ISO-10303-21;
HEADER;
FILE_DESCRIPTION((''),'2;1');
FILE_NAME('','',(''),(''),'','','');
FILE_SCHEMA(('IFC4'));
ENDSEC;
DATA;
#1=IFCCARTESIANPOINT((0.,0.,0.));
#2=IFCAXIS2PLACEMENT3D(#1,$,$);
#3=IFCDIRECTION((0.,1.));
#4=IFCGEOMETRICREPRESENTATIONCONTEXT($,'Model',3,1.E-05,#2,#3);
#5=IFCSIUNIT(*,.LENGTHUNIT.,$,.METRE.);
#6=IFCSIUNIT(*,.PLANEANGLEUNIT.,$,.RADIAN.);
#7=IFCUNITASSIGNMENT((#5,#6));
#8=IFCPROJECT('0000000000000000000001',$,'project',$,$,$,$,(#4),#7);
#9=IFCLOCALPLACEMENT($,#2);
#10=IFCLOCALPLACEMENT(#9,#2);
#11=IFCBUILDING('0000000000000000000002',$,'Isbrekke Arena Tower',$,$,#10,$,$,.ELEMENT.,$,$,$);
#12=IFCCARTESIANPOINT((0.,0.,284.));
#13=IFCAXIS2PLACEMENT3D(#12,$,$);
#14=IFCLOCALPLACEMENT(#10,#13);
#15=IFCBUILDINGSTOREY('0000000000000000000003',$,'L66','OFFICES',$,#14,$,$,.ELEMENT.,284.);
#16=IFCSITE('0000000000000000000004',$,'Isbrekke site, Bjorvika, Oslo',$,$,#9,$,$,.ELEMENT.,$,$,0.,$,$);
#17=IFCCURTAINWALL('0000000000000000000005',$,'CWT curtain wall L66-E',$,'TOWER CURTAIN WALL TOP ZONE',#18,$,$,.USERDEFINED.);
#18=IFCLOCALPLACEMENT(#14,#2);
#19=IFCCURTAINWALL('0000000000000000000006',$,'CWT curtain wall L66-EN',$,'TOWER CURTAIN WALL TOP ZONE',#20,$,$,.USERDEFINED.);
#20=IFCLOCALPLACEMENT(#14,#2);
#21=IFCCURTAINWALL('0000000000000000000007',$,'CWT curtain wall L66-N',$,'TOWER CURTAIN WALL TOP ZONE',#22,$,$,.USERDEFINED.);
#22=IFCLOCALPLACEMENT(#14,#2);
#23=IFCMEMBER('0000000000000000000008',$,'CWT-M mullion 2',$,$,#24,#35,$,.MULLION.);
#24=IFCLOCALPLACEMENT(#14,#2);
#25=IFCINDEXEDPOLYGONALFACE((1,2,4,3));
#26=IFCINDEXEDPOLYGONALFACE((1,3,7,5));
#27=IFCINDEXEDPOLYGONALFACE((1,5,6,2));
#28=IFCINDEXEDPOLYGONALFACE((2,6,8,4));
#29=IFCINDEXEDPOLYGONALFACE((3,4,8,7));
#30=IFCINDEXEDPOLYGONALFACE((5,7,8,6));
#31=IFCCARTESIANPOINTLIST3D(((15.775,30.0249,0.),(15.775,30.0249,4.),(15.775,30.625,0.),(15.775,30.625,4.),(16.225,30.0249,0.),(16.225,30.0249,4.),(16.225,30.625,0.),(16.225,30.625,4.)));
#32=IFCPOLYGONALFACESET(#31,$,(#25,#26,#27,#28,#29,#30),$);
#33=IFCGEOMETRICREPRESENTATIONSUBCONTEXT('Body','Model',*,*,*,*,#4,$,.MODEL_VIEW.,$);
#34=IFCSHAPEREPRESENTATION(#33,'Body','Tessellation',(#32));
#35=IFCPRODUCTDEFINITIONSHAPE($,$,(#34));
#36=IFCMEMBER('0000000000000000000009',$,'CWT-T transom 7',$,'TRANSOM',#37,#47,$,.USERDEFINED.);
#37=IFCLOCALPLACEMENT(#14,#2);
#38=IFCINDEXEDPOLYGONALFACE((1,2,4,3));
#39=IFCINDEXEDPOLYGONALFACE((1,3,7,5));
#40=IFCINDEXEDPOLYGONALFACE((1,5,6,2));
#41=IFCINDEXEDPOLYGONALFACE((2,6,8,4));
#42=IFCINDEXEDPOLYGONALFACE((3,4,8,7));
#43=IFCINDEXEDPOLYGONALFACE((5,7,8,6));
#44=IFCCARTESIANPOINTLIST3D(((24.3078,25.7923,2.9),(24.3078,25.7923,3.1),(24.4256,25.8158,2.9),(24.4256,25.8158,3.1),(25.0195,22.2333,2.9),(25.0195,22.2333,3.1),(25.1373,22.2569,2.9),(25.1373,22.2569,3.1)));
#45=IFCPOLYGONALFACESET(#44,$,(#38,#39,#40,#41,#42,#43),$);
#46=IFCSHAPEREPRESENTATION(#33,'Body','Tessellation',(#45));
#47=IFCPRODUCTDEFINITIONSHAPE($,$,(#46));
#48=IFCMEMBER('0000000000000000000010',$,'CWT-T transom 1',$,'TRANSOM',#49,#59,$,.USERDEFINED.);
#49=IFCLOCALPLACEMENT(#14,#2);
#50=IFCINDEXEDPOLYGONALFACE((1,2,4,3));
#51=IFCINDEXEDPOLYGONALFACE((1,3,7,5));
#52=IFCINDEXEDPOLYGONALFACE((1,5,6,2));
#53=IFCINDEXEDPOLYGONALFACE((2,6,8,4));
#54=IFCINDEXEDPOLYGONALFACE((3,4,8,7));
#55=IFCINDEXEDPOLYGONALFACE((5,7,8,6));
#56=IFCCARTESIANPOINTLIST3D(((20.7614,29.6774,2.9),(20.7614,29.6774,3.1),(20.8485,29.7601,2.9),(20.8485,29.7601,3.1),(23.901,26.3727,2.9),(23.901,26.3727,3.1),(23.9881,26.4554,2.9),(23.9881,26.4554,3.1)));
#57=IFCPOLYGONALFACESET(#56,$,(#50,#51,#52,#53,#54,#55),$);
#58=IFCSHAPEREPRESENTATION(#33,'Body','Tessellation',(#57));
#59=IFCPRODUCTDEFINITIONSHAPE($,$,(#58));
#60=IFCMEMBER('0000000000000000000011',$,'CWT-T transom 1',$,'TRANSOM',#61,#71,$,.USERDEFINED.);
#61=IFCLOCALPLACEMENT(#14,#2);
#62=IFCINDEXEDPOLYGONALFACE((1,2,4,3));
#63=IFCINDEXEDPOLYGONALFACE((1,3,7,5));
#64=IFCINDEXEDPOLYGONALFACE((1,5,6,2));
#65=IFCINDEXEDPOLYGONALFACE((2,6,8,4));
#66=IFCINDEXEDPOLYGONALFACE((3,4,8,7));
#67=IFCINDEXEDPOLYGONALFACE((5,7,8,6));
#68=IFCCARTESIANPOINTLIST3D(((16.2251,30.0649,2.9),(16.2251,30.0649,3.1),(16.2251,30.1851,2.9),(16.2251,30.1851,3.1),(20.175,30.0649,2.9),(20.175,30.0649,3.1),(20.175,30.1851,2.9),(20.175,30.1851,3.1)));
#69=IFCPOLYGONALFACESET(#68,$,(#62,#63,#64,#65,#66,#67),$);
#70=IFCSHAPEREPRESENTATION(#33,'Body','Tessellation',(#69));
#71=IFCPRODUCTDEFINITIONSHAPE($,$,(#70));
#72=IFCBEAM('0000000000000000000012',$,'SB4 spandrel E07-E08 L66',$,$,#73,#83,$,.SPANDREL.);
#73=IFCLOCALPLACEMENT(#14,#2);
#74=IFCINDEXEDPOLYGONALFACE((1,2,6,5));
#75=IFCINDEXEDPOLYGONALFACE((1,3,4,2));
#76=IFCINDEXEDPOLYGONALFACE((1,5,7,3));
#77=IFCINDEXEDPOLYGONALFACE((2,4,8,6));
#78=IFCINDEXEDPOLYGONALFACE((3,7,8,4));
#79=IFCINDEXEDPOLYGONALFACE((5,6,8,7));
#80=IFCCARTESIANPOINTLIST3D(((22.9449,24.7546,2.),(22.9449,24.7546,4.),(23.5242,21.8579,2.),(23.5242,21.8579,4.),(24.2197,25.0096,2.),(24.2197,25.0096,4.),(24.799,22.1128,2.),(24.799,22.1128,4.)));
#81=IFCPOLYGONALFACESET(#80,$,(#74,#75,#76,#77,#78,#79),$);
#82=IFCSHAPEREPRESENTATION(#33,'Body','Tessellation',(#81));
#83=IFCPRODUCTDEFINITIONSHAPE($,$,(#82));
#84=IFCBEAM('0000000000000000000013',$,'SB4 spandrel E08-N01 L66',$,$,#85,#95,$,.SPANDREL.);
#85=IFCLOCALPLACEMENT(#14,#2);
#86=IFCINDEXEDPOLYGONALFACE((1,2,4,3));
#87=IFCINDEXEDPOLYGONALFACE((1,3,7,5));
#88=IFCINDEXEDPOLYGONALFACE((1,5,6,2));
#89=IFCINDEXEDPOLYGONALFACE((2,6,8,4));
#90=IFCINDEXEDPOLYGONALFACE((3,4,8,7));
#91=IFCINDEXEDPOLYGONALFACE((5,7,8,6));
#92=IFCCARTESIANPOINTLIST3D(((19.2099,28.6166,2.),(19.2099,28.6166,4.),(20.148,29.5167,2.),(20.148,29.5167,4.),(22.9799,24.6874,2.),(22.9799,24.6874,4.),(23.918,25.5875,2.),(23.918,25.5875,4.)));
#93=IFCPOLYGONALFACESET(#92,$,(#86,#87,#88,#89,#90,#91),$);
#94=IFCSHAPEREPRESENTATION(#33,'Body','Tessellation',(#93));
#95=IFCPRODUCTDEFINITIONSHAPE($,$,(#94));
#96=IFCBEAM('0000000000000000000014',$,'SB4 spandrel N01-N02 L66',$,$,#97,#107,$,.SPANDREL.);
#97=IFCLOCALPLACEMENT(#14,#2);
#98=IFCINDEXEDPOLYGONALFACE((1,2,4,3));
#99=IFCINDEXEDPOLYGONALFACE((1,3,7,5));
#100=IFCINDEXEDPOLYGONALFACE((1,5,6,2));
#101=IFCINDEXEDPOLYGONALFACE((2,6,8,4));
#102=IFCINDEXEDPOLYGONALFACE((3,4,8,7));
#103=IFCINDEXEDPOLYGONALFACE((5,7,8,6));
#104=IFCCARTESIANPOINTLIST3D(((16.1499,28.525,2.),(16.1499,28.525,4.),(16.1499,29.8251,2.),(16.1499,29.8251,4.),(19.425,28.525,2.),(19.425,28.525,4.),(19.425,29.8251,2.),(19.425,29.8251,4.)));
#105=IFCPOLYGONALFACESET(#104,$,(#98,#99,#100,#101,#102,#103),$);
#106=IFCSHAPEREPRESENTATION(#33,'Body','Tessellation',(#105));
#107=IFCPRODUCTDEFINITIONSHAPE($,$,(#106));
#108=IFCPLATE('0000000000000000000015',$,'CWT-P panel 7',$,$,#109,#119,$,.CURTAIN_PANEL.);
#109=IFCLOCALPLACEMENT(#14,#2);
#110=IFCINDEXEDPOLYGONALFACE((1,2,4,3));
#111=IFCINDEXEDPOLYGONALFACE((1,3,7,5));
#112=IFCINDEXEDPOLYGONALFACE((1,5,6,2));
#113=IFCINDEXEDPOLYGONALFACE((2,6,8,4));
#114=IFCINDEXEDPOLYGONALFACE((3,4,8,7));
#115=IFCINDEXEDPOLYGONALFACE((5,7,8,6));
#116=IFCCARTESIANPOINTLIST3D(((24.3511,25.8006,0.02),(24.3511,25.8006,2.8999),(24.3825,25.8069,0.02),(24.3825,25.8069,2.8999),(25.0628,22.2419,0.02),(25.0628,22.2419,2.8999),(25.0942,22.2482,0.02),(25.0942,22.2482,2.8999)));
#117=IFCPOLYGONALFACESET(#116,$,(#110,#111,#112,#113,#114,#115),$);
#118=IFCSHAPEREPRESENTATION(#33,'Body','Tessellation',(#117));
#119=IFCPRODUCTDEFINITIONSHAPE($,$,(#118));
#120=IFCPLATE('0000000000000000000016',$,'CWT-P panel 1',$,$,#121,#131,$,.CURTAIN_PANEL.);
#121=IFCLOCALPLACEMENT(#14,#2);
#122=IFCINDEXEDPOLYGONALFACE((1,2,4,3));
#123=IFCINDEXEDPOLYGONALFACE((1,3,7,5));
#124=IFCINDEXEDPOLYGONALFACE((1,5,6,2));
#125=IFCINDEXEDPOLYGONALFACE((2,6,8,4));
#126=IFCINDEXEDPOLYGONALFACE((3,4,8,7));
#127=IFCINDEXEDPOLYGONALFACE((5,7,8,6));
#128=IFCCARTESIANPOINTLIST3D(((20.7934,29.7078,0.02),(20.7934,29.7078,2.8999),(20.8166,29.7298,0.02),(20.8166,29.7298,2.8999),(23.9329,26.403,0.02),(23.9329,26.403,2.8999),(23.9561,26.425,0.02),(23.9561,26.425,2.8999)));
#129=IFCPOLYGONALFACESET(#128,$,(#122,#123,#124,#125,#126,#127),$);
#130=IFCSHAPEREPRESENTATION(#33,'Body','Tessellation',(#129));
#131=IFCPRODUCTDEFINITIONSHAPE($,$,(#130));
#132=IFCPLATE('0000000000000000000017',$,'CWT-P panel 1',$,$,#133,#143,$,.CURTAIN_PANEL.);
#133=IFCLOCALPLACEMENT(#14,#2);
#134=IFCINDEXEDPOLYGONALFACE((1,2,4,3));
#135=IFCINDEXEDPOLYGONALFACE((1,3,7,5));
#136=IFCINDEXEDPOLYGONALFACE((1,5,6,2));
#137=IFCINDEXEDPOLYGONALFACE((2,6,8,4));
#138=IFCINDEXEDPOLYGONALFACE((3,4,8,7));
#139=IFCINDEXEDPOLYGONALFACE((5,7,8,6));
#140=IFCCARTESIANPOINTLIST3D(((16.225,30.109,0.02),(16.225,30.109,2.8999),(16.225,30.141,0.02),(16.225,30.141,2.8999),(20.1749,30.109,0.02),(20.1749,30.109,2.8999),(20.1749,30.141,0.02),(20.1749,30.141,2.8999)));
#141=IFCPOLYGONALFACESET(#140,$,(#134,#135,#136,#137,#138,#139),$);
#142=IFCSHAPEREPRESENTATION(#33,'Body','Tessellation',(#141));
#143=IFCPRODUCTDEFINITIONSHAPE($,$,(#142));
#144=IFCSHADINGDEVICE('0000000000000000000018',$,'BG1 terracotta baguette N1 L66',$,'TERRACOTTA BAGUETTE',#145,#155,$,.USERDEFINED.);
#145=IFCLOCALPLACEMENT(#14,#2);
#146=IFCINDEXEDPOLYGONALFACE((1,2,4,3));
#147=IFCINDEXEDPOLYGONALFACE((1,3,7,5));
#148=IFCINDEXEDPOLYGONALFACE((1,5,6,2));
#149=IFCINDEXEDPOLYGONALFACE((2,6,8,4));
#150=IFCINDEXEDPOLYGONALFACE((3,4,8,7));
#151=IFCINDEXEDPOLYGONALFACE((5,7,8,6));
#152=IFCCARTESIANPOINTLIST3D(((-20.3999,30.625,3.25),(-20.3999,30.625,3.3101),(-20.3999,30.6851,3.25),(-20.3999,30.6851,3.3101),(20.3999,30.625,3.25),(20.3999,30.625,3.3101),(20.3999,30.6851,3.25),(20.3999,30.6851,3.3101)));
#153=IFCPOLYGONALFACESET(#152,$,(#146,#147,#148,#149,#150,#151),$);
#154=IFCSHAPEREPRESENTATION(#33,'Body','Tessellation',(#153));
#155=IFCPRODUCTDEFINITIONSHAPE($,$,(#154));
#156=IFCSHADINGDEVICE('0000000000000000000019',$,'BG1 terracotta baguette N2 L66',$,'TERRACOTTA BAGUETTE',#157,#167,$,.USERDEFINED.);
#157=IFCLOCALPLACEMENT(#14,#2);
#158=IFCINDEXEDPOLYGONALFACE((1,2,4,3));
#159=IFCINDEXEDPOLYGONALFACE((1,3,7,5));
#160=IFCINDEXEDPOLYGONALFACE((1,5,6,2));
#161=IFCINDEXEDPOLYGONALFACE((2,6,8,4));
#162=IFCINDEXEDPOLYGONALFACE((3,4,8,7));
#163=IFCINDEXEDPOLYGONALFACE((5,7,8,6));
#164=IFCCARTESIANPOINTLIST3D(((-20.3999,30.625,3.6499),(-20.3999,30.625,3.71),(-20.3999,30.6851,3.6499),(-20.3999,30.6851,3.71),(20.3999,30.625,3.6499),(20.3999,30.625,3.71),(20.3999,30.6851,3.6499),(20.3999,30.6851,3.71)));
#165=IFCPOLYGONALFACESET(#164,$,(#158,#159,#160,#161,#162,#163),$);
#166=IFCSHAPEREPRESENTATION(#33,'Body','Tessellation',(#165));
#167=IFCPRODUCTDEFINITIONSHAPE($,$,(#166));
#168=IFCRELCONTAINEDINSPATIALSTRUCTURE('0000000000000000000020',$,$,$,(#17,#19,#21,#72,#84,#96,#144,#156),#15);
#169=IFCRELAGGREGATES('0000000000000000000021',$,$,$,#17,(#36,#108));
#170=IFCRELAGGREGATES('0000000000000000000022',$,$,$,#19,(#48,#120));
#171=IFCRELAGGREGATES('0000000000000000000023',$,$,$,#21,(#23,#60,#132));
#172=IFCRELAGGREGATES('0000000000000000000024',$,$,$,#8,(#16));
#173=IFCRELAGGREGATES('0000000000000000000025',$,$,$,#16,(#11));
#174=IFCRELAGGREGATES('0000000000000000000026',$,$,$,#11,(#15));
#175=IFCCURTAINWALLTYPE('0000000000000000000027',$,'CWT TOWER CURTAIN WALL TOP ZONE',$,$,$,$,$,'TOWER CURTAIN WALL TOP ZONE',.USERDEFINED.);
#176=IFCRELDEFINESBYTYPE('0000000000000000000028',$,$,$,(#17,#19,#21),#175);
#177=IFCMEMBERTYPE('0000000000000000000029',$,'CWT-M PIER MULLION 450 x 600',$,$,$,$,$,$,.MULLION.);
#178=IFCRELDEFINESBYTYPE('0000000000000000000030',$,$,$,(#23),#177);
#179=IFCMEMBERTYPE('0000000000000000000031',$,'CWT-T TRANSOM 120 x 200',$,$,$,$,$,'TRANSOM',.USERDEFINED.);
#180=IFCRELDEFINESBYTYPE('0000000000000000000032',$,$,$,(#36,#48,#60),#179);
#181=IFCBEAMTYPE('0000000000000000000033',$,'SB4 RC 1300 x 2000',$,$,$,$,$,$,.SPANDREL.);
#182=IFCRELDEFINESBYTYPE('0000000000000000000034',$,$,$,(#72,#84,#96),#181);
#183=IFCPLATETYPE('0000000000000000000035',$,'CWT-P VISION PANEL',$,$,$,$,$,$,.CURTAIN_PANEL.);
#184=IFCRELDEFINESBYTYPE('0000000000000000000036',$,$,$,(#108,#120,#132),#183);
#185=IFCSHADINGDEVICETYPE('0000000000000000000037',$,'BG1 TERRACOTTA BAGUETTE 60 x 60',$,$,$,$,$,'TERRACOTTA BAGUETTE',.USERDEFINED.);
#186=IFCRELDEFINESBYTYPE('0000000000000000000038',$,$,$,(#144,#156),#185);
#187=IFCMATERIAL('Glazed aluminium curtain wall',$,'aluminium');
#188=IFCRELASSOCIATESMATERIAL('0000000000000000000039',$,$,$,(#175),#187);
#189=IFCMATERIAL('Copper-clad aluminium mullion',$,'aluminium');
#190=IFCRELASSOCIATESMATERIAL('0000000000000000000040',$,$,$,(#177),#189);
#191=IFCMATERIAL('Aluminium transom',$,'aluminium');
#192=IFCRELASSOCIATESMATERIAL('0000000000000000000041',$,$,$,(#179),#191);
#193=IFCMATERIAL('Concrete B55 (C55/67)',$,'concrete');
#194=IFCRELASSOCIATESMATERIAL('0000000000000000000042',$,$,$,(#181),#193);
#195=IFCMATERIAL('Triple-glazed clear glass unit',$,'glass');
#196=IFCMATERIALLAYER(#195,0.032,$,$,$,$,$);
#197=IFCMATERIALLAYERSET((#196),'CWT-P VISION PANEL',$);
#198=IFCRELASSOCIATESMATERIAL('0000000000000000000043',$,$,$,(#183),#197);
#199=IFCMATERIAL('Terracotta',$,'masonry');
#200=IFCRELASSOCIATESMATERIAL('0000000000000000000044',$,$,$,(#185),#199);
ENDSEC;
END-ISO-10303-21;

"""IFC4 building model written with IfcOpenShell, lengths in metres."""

from ifc_helpers import new_model, si_unit, direction, frame, origin, origin_2d, place, context, subcontext, project, spatial, rectangle, extrude, material, layer, layer_set, material_profile, profile_set, type_object, element, aggregate, save


model = new_model("IFC4")

# Units and contexts
model_context = context("Model", 3, precision=1e-05, world=origin(), true_north=direction((0.0, 1.0)))
body_context = subcontext(model_context, "Body", "Model", "MODEL_VIEW")
ifc_project = project(units=[si_unit("LENGTHUNIT", "METRE"), si_unit("PLANEANGLEUNIT", "RADIAN")], contexts=[model_context])

# Site, building, storey
site_placement = place(None, origin())
site = spatial("IfcSite", under=ifc_project, at=site_placement, Name="Isbrekke site, Bjorvika, Oslo", CompositionType="ELEMENT", RefElevation=0.0)
building_placement = place(site_placement, origin())
building = spatial("IfcBuilding", under=site, at=building_placement, Name="Isbrekke Arena Tower", CompositionType="ELEMENT")
storey_placement = place(building_placement, frame((0.0, 0.0, 284.0)))
storey = spatial("IfcBuildingStorey", under=building, at=storey_placement, Name="L66", Description="OFFICES", CompositionType="ELEMENT", Elevation=284.0)

# Curtain walls, member
ifc_material_1 = material(Name="Glazed aluminium curtain wall", Category="aluminium")
curtain_wall_type = type_object("IfcCurtainWallType", Name="CWT TOWER CURTAIN WALL TOP ZONE", ElementType="TOWER CURTAIN WALL TOP ZONE", PredefinedType="USERDEFINED", material=ifc_material_1)
curtain_wall_1_placement = place(storey_placement, origin())
curtain_wall_1 = element("IfcCurtainWall", 1, at=curtain_wall_1_placement, inside=storey, type_object=curtain_wall_type, Name="CWT curtain wall L66-E", ObjectType="TOWER CURTAIN WALL TOP ZONE", PredefinedType="USERDEFINED")
ifc_material_2 = material(Name="Copper-clad aluminium mullion", Category="aluminium")
ifc_material_profile_1 = material_profile(ifc_material_2, rectangle(XDim=0.45, YDim=0.6001, at=origin_2d()), Name="PIER 450X600")
ifc_profile_set_1 = profile_set([ifc_material_profile_1], Name="Copper-clad aluminium mullion")
member_type_1 = type_object("IfcMemberType", Name="CWT-M PIER MULLION 450 x 600", PredefinedType="MULLION", material=ifc_profile_set_1)
curtain_wall_2_placement = place(storey_placement, origin())
curtain_wall_2 = element("IfcCurtainWall", 2, at=curtain_wall_2_placement, inside=storey, type_object=curtain_wall_type, Name="CWT curtain wall L66-EN", ObjectType="TOWER CURTAIN WALL TOP ZONE", PredefinedType="USERDEFINED")
curtain_wall_3_placement = place(storey_placement, origin())
curtain_wall_3 = element("IfcCurtainWall", 3, at=curtain_wall_3_placement, inside=storey, type_object=curtain_wall_type, Name="CWT curtain wall L66-N", ObjectType="TOWER CURTAIN WALL TOP ZONE", PredefinedType="USERDEFINED")
member_1_placement = place(storey_placement, frame((16.0, 30.325, 0.0), z_axis=(0.0, 0.0, 1.0), x_axis=(-1.0, 0.0, 0.0)))
member_1 = element("IfcMember", 4, at=member_1_placement, type_object=member_type_1, Name="CWT-M mullion 2", PredefinedType="MULLION", context=body_context, shape_type="SweptSolid", body=[
    extrude(rectangle(XDim=0.45, YDim=0.6001, at=origin_2d()), origin(), (0.0, 0.0, 1.0), 4.0),
])

# Members
ifc_material_3 = material(Name="Aluminium transom", Category="aluminium")
ifc_material_profile_2 = material_profile(ifc_material_3, rectangle(XDim=0.1201, YDim=0.2, at=origin_2d()), Name="TRANSOM 120X200")
ifc_profile_set_2 = profile_set([ifc_material_profile_2], Name="Aluminium transom")
member_type_2 = type_object("IfcMemberType", Name="CWT-T TRANSOM 120 x 200", ElementType="TRANSOM", PredefinedType="USERDEFINED", material=ifc_profile_set_2)
member_2_placement = place(storey_placement, frame((25.0784, 22.2451, 3.0), z_axis=(-0.19609, 0.980586, 0.0), x_axis=(-0.980586, -0.19609, 0.0)))
member_2 = element("IfcMember", 5, at=member_2_placement, type_object=member_type_2, Name="CWT-T transom 7", ObjectType="TRANSOM", PredefinedType="USERDEFINED", context=body_context, shape_type="SweptSolid", body=[
    extrude(rectangle(XDim=0.1201, YDim=0.2, at=origin_2d()), origin(), (0.0, 0.0, 1.0), 3.6294),
])
member_3_placement = place(storey_placement, frame((23.9446, 26.4141, 3.0), z_axis=(-0.688772, 0.724978, 0.0), x_axis=(-0.724978, -0.688772, 0.0)))
member_3 = element("IfcMember", 6, at=member_3_placement, type_object=member_type_2, Name="CWT-T transom 1", ObjectType="TRANSOM", PredefinedType="USERDEFINED", context=body_context, shape_type="SweptSolid", body=[
    extrude(rectangle(XDim=0.1201, YDim=0.2, at=origin_2d()), origin(), (0.0, 0.0, 1.0), 4.5583),
])
member_4_placement = place(storey_placement, frame((20.175, 30.125, 3.0), z_axis=(-1.0, 0.0, 0.0), x_axis=(0.0, -1.0, 0.0)))
member_4 = element("IfcMember", 7, at=member_4_placement, type_object=member_type_2, Name="CWT-T transom 1", ObjectType="TRANSOM", PredefinedType="USERDEFINED", context=body_context, shape_type="SweptSolid", body=[
    extrude(rectangle(XDim=0.1201, YDim=0.2, at=origin_2d()), origin(), (0.0, 0.0, 1.0), 3.95),
])

# Beams
ifc_material_4 = material(Name="Concrete B55 (C55/67)", Category="concrete")
ifc_material_profile_3 = material_profile(ifc_material_4, rectangle(XDim=1.3, YDim=2.0, at=origin_2d()), Name="RC 1300x2000")
ifc_profile_set_3 = profile_set([ifc_material_profile_3], Name="Concrete B55 (C55/67)")
beam_type_1 = type_object("IfcBeamType", Name="SB4 RC 1300 x 2000", PredefinedType="SPANDREL", material=ifc_profile_set_3)
beam_1_placement = place(storey_placement, frame((24.1616, 21.9854, 3.0), z_axis=(-0.196116, 0.980581, 0.0), x_axis=(-0.980581, -0.196116, 0.0)))
element("IfcBeam", 8, at=beam_1_placement, inside=storey, type_object=beam_type_1, Name="SB4 spandrel E07-E08 L66", PredefinedType="SPANDREL", context=body_context, shape_type="SweptSolid", body=[
    extrude(rectangle(XDim=1.3, YDim=2.0, at=origin_2d()), origin(), (0.0, 0.0, 1.0), 2.9541),
])
beam_2_placement = place(storey_placement, frame((23.449, 25.1375, 3.0), z_axis=(-0.69234, 0.721572, 0.0), x_axis=(-0.721572, -0.69234, 0.0)))
element("IfcBeam", 9, at=beam_2_placement, inside=storey, type_object=beam_type_1, Name="SB4 spandrel E08-N01 L66", PredefinedType="SPANDREL", context=body_context, shape_type="SweptSolid", body=[
    extrude(rectangle(XDim=1.3, YDim=2.0, at=origin_2d()), origin(), (0.0, 0.0, 1.0), 5.4453),
])
beam_3_placement = place(storey_placement, frame((19.425, 29.175, 3.0), z_axis=(-1.0, 0.0, 0.0), x_axis=(0.0, -1.0, 0.0)))
element("IfcBeam", 10, at=beam_3_placement, inside=storey, type_object=beam_type_1, Name="SB4 spandrel N01-N02 L66", PredefinedType="SPANDREL", context=body_context, shape_type="SweptSolid", body=[
    extrude(rectangle(XDim=1.3, YDim=2.0, at=origin_2d()), origin(), (0.0, 0.0, 1.0), 3.2751),
])

# Plates
ifc_material_5 = material(Name="Triple-glazed clear glass unit", Category="glass")
ifc_layer = layer(ifc_material_5, 0.032)
ifc_layer_set = layer_set([ifc_layer], Name="CWT-P VISION PANEL")
plate_type = type_object("IfcPlateType", Name="CWT-P VISION PANEL", PredefinedType="CURTAIN_PANEL", material=ifc_layer_set)
plate_1_placement = place(storey_placement, frame((24.7227, 24.0244, 0.02), z_axis=(0.0, 0.0, 1.0), x_axis=(-0.196116, 0.980581, 0.0)))
plate_1 = element("IfcPlate", 11, at=plate_1_placement, type_object=plate_type, Name="CWT-P panel 7", PredefinedType="CURTAIN_PANEL", context=body_context, shape_type="SweptSolid", body=[
    extrude(rectangle(XDim=3.6292, YDim=0.032, at=origin_2d()), origin(), (0.0, 0.0, 1.0), 2.8799),
])
aggregate(curtain_wall_1, [member_2, plate_1])
plate_2_placement = place(storey_placement, frame((22.3748, 28.0664, 0.02), z_axis=(0.0, 0.0, 1.0), x_axis=(-0.688749, 0.724999, 0.0)))
plate_2 = element("IfcPlate", 12, at=plate_2_placement, type_object=plate_type, Name="CWT-P panel 1", PredefinedType="CURTAIN_PANEL", context=body_context, shape_type="SweptSolid", body=[
    extrude(rectangle(XDim=4.5583, YDim=0.032, at=origin_2d()), origin(), (0.0, 0.0, 1.0), 2.8799),
])
aggregate(curtain_wall_2, [member_3, plate_2])
plate_3_placement = place(storey_placement, frame((18.2, 30.125, 0.02), z_axis=(0.0, 0.0, 1.0), x_axis=(-1.0, 0.0, 0.0)))
plate_3 = element("IfcPlate", 13, at=plate_3_placement, type_object=plate_type, Name="CWT-P panel 1", PredefinedType="CURTAIN_PANEL", context=body_context, shape_type="SweptSolid", body=[
    extrude(rectangle(XDim=3.95, YDim=0.032, at=origin_2d()), origin(), (0.0, 0.0, 1.0), 2.8799),
])
aggregate(curtain_wall_3, [member_1, member_4, plate_3])

# Shading devices
ifc_material_6 = material(Name="Terracotta", Category="masonry")
ifc_material_profile_4 = material_profile(ifc_material_6, rectangle(XDim=0.0601, YDim=0.0601, at=origin_2d()), Name="BAGUETTE 60X60")
ifc_profile_set_4 = profile_set([ifc_material_profile_4], Name="Terracotta")
shading_device_type = type_object("IfcShadingDeviceType", Name="BG1 TERRACOTTA BAGUETTE 60 x 60", ElementType="TERRACOTTA BAGUETTE", PredefinedType="USERDEFINED", material=ifc_profile_set_4)
for number, where, z_axis, x_axis, name in (
    (14, (20.3999, 30.655, 3.28), (-1.0, 0.0, 0.0), (0.0, -1.0, 0.0), "BG1 terracotta baguette N1 L66"),
    (15, (20.3999, 30.655, 3.6799), (-1.0, 0.0, 0.0), (0.0, -1.0, 0.0), "BG1 terracotta baguette N2 L66"),
):
    element("IfcShadingDevice", number, at=place(storey_placement, frame(where, z_axis=z_axis, x_axis=x_axis)), inside=storey, type_object=shading_device_type, Name=name, ObjectType="TERRACOTTA BAGUETTE", PredefinedType="USERDEFINED", context=body_context, shape_type="SweptSolid", body=[
        extrude(rectangle(XDim=0.0601, YDim=0.0601, at=origin_2d()), origin(), (0.0, 0.0, 1.0), 40.7998),
    ])

save(model, "model.ifc")
